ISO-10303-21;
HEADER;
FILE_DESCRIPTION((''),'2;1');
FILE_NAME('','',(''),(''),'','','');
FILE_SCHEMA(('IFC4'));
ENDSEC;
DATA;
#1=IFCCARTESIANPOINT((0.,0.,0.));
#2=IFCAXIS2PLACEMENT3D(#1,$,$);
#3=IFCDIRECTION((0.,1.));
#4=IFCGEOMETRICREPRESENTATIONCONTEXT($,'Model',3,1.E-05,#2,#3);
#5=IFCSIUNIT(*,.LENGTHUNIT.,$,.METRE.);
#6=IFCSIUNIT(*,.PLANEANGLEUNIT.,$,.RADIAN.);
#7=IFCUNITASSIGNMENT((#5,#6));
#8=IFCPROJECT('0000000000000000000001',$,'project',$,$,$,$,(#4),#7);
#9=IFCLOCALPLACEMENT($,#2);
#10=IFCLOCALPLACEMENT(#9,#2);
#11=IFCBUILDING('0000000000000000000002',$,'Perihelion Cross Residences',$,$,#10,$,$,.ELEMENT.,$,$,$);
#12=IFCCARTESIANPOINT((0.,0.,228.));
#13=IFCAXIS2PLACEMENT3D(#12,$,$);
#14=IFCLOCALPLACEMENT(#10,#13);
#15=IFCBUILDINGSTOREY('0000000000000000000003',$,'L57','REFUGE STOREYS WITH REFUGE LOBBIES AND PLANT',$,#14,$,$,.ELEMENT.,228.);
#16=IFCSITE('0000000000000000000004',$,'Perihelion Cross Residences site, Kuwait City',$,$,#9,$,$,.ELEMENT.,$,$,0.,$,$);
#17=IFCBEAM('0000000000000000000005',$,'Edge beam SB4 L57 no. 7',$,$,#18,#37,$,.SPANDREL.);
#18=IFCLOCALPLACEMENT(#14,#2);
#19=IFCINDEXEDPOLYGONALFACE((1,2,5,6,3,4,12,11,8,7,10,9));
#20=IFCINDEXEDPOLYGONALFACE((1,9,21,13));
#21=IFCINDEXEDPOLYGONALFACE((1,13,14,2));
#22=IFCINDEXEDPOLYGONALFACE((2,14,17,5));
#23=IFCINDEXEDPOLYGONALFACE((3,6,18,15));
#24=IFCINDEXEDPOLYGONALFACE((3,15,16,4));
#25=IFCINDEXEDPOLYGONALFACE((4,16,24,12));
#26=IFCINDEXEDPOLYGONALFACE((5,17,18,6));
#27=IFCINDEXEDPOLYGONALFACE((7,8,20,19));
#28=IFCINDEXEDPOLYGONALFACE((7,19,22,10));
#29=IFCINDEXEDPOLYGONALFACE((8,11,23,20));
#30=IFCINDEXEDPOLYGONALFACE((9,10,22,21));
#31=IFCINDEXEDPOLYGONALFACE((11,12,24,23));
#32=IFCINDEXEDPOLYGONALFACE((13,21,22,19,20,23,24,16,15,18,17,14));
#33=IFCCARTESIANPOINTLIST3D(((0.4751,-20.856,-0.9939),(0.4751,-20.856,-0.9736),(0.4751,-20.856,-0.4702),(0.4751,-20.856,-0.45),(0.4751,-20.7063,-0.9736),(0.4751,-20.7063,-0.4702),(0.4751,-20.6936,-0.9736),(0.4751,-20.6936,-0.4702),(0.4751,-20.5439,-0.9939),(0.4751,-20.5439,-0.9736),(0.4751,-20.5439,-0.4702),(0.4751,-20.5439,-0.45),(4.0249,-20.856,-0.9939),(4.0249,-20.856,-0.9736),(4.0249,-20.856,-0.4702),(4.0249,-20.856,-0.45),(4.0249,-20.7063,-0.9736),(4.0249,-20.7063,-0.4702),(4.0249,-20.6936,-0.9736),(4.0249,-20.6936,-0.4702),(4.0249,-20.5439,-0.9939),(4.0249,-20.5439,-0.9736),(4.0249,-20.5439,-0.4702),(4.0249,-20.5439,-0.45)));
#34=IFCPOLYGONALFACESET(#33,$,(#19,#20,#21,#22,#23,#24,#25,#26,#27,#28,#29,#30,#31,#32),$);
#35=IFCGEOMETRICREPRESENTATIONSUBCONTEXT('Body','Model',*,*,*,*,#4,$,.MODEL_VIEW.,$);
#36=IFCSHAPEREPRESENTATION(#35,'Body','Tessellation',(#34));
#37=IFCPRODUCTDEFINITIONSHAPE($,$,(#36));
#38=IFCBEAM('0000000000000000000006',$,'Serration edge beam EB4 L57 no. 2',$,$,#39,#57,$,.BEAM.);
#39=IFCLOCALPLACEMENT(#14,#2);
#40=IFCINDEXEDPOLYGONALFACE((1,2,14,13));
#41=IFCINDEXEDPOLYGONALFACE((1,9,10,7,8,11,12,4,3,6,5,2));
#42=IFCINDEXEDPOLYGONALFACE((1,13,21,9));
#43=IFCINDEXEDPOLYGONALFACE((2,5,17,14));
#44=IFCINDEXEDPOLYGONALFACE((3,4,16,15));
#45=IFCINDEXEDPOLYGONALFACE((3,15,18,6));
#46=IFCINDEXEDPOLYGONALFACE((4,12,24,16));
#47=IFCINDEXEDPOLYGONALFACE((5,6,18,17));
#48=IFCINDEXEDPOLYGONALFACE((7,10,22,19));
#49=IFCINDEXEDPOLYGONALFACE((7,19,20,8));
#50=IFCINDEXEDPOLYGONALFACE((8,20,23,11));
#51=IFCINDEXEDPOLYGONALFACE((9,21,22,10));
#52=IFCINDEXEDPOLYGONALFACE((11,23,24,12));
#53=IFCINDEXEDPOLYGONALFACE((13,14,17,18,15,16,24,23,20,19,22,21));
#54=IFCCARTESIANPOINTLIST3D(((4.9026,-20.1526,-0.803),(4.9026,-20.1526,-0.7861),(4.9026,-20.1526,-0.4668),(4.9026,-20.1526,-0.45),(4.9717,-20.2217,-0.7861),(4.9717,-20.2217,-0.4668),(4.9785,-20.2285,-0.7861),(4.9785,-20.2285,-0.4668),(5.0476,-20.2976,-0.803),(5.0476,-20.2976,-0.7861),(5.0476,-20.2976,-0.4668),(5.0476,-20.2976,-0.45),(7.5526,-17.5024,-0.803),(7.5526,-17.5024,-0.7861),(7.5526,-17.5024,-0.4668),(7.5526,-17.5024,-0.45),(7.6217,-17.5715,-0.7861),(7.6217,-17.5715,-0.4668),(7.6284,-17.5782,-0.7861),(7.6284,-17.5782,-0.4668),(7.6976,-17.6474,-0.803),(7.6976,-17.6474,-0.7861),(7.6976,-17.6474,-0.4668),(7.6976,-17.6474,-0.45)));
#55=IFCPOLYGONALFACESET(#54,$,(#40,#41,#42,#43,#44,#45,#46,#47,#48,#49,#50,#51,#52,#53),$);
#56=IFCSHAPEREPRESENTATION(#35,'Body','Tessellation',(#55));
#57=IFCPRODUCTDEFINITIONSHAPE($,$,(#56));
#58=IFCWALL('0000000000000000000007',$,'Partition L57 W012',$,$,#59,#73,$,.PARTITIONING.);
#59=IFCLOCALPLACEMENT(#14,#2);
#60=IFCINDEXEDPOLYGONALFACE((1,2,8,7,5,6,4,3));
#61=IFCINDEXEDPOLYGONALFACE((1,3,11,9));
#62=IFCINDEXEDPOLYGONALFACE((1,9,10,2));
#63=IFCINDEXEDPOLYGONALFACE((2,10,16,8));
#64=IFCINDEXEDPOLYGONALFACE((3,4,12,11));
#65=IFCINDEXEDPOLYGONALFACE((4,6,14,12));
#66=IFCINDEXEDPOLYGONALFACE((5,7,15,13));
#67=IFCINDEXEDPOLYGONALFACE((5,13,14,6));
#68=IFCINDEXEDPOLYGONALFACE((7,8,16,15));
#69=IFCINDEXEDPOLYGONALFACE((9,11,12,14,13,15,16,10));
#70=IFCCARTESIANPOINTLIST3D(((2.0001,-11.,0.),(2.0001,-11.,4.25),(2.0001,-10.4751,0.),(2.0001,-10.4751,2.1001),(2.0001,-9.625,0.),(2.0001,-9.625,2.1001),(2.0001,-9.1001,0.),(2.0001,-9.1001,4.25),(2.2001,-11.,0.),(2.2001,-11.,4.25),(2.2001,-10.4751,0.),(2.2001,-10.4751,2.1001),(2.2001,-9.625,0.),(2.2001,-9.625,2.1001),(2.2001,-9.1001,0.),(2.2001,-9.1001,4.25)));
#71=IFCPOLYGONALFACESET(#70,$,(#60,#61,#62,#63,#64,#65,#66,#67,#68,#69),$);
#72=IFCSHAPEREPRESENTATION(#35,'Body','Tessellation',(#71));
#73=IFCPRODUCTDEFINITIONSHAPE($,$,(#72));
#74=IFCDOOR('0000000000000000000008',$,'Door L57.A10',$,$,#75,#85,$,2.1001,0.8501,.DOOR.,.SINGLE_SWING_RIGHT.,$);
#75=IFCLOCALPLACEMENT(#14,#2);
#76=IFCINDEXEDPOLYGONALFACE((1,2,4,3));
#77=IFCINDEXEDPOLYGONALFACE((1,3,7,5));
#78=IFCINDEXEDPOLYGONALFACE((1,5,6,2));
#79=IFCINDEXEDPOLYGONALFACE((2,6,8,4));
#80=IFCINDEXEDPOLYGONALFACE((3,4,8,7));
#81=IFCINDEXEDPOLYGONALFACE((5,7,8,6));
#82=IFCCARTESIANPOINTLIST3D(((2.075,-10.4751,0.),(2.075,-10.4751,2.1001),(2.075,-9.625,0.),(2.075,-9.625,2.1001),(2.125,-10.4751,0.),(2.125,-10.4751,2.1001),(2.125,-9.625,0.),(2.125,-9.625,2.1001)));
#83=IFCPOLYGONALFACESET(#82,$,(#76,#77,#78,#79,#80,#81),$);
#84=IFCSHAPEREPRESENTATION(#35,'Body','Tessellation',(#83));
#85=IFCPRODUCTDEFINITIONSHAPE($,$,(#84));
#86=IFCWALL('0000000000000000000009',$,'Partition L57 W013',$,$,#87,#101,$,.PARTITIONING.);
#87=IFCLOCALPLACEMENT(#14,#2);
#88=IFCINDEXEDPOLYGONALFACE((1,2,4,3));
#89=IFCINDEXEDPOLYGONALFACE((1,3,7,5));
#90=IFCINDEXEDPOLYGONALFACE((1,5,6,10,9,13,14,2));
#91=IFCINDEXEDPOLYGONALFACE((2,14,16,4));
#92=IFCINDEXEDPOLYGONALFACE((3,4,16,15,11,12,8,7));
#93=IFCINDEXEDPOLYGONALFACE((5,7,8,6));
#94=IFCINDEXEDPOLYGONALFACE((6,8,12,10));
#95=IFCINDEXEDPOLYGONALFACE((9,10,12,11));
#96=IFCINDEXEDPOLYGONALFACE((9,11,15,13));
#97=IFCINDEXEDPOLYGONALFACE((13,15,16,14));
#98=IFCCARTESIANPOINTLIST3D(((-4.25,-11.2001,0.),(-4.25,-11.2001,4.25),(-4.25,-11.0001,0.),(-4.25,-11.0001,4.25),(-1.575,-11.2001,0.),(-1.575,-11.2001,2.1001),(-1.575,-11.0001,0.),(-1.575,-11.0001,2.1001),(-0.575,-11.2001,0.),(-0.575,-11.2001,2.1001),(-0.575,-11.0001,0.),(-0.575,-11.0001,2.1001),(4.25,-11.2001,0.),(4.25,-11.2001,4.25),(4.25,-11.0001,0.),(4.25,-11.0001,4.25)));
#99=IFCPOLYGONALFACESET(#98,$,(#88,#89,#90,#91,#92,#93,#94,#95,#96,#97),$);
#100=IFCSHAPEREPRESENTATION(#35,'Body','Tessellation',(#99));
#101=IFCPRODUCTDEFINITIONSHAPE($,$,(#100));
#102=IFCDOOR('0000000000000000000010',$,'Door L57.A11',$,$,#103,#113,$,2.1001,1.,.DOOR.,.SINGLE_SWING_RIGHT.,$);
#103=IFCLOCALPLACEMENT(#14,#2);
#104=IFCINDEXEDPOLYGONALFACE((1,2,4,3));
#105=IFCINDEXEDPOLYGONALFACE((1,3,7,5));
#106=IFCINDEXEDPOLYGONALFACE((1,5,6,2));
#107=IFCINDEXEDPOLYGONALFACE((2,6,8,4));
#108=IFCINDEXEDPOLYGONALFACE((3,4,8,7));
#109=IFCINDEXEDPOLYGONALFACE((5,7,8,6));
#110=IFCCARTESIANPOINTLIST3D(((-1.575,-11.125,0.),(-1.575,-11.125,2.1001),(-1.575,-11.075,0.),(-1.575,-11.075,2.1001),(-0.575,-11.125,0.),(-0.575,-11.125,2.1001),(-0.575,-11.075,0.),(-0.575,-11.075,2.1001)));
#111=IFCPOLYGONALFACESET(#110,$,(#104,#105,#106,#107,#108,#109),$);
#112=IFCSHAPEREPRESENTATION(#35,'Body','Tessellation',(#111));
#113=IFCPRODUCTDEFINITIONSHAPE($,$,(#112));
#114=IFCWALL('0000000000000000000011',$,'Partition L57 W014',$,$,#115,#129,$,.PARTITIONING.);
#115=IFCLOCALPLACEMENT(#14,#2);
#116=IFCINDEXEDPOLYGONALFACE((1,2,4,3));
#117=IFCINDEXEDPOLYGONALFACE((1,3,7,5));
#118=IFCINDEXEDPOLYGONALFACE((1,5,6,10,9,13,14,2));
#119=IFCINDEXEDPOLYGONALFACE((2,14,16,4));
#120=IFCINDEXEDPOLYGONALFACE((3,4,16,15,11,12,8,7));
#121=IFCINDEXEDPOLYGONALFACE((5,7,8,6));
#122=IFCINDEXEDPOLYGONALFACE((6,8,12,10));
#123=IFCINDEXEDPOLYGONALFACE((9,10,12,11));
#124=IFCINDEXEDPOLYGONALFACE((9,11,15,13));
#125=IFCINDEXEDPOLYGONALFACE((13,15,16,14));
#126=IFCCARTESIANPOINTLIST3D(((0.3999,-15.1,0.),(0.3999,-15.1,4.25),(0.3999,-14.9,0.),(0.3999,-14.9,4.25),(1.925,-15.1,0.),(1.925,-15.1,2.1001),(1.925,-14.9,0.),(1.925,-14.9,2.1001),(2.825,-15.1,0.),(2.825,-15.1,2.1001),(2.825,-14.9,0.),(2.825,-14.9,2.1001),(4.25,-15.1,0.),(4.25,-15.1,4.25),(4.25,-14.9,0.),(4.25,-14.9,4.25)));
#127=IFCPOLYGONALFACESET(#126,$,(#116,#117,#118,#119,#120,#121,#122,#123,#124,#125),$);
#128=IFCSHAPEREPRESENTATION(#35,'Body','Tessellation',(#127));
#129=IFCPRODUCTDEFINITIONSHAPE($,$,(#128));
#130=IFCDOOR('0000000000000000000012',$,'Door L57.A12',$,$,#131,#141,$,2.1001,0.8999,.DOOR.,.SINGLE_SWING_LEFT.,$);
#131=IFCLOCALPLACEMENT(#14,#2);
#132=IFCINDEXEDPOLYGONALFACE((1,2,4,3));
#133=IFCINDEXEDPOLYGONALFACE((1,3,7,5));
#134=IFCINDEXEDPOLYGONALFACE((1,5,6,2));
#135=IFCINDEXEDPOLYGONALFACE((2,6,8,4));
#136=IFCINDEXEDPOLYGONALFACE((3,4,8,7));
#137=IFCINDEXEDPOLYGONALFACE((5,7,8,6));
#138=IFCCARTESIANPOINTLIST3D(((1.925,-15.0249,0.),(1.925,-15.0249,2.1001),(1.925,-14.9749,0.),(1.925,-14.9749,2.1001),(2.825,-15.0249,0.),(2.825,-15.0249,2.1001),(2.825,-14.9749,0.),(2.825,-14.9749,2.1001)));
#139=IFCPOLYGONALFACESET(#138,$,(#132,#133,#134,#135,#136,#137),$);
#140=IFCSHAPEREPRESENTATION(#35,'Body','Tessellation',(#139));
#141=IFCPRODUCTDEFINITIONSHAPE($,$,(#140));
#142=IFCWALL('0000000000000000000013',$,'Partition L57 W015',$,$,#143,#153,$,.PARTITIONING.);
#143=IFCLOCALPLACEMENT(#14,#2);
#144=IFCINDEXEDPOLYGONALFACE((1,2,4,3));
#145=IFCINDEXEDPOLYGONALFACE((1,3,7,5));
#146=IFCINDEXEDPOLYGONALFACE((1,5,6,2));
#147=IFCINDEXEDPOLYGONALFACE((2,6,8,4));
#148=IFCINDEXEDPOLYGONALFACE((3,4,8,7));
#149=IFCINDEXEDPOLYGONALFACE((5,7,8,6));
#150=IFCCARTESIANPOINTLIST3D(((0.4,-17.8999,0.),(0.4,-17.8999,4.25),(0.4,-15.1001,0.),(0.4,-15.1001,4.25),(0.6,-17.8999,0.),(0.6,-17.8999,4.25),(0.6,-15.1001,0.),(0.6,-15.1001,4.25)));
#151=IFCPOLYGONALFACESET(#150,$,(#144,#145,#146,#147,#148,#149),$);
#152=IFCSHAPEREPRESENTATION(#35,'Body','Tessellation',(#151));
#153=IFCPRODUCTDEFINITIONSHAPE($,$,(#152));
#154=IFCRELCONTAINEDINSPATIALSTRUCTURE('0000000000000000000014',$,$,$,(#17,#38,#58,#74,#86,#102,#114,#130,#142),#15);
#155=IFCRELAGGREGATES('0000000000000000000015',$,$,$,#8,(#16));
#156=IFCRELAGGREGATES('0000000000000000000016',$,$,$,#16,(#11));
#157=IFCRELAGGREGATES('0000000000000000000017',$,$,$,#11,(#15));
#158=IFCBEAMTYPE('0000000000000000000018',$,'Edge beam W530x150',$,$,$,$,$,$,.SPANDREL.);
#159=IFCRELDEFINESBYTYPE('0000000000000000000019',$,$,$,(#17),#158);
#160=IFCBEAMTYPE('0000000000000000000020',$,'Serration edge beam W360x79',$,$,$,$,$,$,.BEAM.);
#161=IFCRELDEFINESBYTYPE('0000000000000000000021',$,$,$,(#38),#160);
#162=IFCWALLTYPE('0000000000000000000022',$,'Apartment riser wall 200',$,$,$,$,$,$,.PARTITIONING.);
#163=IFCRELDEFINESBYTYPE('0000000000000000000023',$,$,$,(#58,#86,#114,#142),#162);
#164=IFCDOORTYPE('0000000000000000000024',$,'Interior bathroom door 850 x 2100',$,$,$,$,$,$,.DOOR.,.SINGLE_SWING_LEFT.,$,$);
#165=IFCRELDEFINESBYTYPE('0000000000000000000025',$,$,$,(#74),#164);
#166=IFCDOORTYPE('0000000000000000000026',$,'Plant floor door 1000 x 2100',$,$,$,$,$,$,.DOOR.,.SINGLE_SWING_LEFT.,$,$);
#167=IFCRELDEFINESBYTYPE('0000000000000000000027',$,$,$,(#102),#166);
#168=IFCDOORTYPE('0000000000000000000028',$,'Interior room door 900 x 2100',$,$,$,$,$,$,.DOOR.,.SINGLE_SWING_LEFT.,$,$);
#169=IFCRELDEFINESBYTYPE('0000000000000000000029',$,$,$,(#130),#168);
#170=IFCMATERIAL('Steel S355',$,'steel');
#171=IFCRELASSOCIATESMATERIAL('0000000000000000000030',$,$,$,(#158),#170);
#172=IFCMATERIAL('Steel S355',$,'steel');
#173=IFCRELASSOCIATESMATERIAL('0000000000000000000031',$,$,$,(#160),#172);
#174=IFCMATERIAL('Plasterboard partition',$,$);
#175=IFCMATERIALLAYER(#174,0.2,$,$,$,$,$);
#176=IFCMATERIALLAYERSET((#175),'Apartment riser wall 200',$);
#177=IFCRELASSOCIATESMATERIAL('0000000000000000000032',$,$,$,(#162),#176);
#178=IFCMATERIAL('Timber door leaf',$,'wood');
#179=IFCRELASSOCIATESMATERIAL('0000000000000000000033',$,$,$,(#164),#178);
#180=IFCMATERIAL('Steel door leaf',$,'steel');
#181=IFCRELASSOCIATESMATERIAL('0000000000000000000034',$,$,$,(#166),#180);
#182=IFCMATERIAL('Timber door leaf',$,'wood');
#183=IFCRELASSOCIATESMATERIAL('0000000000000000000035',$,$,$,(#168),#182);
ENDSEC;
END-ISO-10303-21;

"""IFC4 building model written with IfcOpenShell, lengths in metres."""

from ifc_helpers import new_model, si_unit, direction, frame, frame_2d, origin, origin_2d, place, context, subcontext, project, spatial, rectangle, i_section, extrude, material, layer, layer_set, material_profile, profile_set, type_object, element, fill, save


model = new_model("IFC4")

# Units and contexts
model_context = context("Model", 3, precision=1e-05, world=origin(), true_north=direction((0.0, 1.0)))
body_context = subcontext(model_context, "Body", "Model", "MODEL_VIEW")
ifc_project = project(units=[si_unit("LENGTHUNIT", "METRE"), si_unit("PLANEANGLEUNIT", "RADIAN")], contexts=[model_context])

# Site, building, storey
site_placement = place(None, origin())
site = spatial("IfcSite", under=ifc_project, at=site_placement, Name="Perihelion Cross Residences site, Kuwait City", CompositionType="ELEMENT", RefElevation=0.0)
building_placement = place(site_placement, origin())
building = spatial("IfcBuilding", under=site, at=building_placement, Name="Perihelion Cross Residences", CompositionType="ELEMENT")
storey_placement = place(building_placement, frame((0.0, 0.0, 228.0)))
storey = spatial("IfcBuildingStorey", under=building, at=storey_placement, Name="L57", Description="REFUGE STOREYS WITH REFUGE LOBBIES AND PLANT", CompositionType="ELEMENT", Elevation=228.0)

# Beams
ifc_material_1 = material(Name="Steel S355", Category="steel")
ifc_material_profile_1 = material_profile(ifc_material_1, i_section(OverallWidth=0.312, OverallDepth=0.5439, WebThickness=0.0127, FlangeThickness=0.0203, at=origin_2d()), Name="W530x150")
ifc_profile_set_1 = profile_set([ifc_material_profile_1], Name="Steel S355")
beam_type_1 = type_object("IfcBeamType", Name="Edge beam W530x150", PredefinedType="SPANDREL", material=ifc_profile_set_1)
beam_1_placement = place(storey_placement, frame((0.4751, -20.7, -0.7219), z_axis=(1.0, 0.0, 0.0), x_axis=(0.0, 1.0, 0.0)))
element("IfcBeam", 1, at=beam_1_placement, inside=storey, type_object=beam_type_1, Name="Edge beam SB4 L57 no. 7", PredefinedType="SPANDREL", context=body_context, shape_type="SweptSolid", body=[
    extrude(i_section(OverallWidth=0.312, OverallDepth=0.5439, WebThickness=0.0127, FlangeThickness=0.0203, at=origin_2d()), origin(), (0.0, 0.0, 1.0), 3.5498),
])
ifc_material_2 = material(Name="Steel S355", Category="steel")
ifc_material_profile_2 = material_profile(ifc_material_2, i_section(OverallWidth=0.2051, OverallDepth=0.353, WebThickness=0.0095, FlangeThickness=0.0168, at=origin_2d()), Name="W360x79")
ifc_profile_set_2 = profile_set([ifc_material_profile_2], Name="Steel S355")
beam_type_2 = type_object("IfcBeamType", Name="Serration edge beam W360x79", PredefinedType="BEAM", material=ifc_profile_set_2)
beam_2_placement = place(storey_placement, frame((4.9751, -20.2251, -0.6265), z_axis=(0.707074, 0.707139, 0.0), x_axis=(-0.707139, 0.707074, 0.0)))
element("IfcBeam", 2, at=beam_2_placement, inside=storey, type_object=beam_type_2, Name="Serration edge beam EB4 L57 no. 2", PredefinedType="BEAM", context=body_context, shape_type="SweptSolid", body=[
    extrude(i_section(OverallWidth=0.2051, OverallDepth=0.353, WebThickness=0.0095, FlangeThickness=0.0168, at=origin_2d()), origin(), (0.0, 0.0, 1.0), 3.7478),
])

# Walls, openings, doors
ifc_material_3 = material(Name="Plasterboard partition")
ifc_layer_1 = layer(ifc_material_3, 0.2)
ifc_layer_set_1 = layer_set([ifc_layer_1], Name="Apartment riser wall 200")
wall_type_1 = type_object("IfcWallType", Name="Apartment riser wall 200", PredefinedType="PARTITIONING", material=ifc_layer_set_1)
wall_1_placement = place(storey_placement, frame((2.1001, -9.1001, 0.0), z_axis=(0.0, 0.0, 1.0), x_axis=(0.0, -1.0, 0.0)))
wall_1 = element("IfcWall", 3, at=wall_1_placement, inside=storey, type_object=wall_type_1, Name="Partition L57 W012", PredefinedType="PARTITIONING", context=body_context, shape_type="SweptSolid", body=[
    extrude(rectangle(XDim=1.8999, YDim=0.2, at=frame_2d((0.95, 0.0))), origin(), (0.0, 0.0, 1.0), 4.25),
])
opening_1_placement = place(wall_1_placement, frame((0.5249, 0.0, 0.0)))
opening_1 = element("IfcOpeningElement", 4, at=opening_1_placement, cuts=wall_1, PredefinedType="OPENING", context=body_context, shape_type="SweptSolid", body=[
    extrude(rectangle(XDim=0.8501, YDim=2.1001, at=frame_2d((0.425, 1.05))), frame((0.0, 0.1099, 0.0), z_axis=(0.0, -1.0, 0.0), x_axis=(1.0, 0.0, 0.0)), (0.0, 0.0, 1.0), 0.22),
])
ifc_material_4 = material(Name="Timber door leaf", Category="wood")
door_type_1 = type_object("IfcDoorType", Name="Interior bathroom door 850 x 2100", OperationType="SINGLE_SWING_LEFT", PredefinedType="DOOR", material=ifc_material_4)
door_1_placement = place(opening_1_placement, origin())
door_1 = element("IfcDoor", 5, at=door_1_placement, inside=storey, type_object=door_type_1, Name="Door L57.A10", OperationType="SINGLE_SWING_RIGHT", OverallHeight=2.1001, OverallWidth=0.8501, PredefinedType="DOOR", context=body_context, shape_type="SweptSolid", body=[
    extrude(rectangle(XDim=0.8501, YDim=2.1001, at=frame_2d((0.425, 1.05))), frame((0.0, 0.0249, 0.0), z_axis=(0.0, -1.0, 0.0), x_axis=(1.0, 0.0, 0.0)), (0.0, 0.0, 1.0), 0.05),
])
fill(opening_1, door_1)
wall_2_placement = place(storey_placement, frame((4.25, -11.1001, 0.0), z_axis=(0.0, 0.0, 1.0), x_axis=(-1.0, 0.0, 0.0)))
wall_2 = element("IfcWall", 6, at=wall_2_placement, inside=storey, type_object=wall_type_1, Name="Partition L57 W013", PredefinedType="PARTITIONING", context=body_context, shape_type="SweptSolid", body=[
    extrude(rectangle(XDim=8.5, YDim=0.2, at=frame_2d((4.25, 0.0))), origin(), (0.0, 0.0, 1.0), 4.25),
])
opening_2_placement = place(wall_2_placement, frame((4.825, 0.0, 0.0)))
opening_2 = element("IfcOpeningElement", 7, at=opening_2_placement, cuts=wall_2, PredefinedType="OPENING", context=body_context, shape_type="SweptSolid", body=[
    extrude(rectangle(XDim=1.0, YDim=2.1001, at=frame_2d((0.5, 1.05))), frame((0.0, 0.1099, 0.0), z_axis=(0.0, -1.0, 0.0), x_axis=(1.0, 0.0, 0.0)), (0.0, 0.0, 1.0), 0.22),
])
ifc_material_5 = material(Name="Steel door leaf", Category="steel")
door_type_2 = type_object("IfcDoorType", Name="Plant floor door 1000 x 2100", OperationType="SINGLE_SWING_LEFT", PredefinedType="DOOR", material=ifc_material_5)
door_2_placement = place(opening_2_placement, origin())
door_2 = element("IfcDoor", 8, at=door_2_placement, inside=storey, type_object=door_type_2, Name="Door L57.A11", OperationType="SINGLE_SWING_RIGHT", OverallHeight=2.1001, OverallWidth=1.0, PredefinedType="DOOR", context=body_context, shape_type="SweptSolid", body=[
    extrude(rectangle(XDim=1.0, YDim=2.1001, at=frame_2d((0.5, 1.05))), frame((0.0, 0.0249, 0.0), z_axis=(0.0, -1.0, 0.0), x_axis=(1.0, 0.0, 0.0)), (0.0, 0.0, 1.0), 0.05),
])
fill(opening_2, door_2)
wall_3_placement = place(storey_placement, frame((4.25, -15.0, 0.0), z_axis=(0.0, 0.0, 1.0), x_axis=(-1.0, 0.0, 0.0)))
wall_3 = element("IfcWall", 9, at=wall_3_placement, inside=storey, type_object=wall_type_1, Name="Partition L57 W014", PredefinedType="PARTITIONING", context=body_context, shape_type="SweptSolid", body=[
    extrude(rectangle(XDim=3.8501, YDim=0.2, at=frame_2d((1.925, 0.0))), origin(), (0.0, 0.0, 1.0), 4.25),
])
opening_3_placement = place(wall_3_placement, frame((1.425, 0.0, 0.0)))
opening_3 = element("IfcOpeningElement", 10, at=opening_3_placement, cuts=wall_3, PredefinedType="OPENING", context=body_context, shape_type="SweptSolid", body=[
    extrude(rectangle(XDim=0.8999, YDim=2.1001, at=frame_2d((0.45, 1.05))), frame((0.0, 0.1099, 0.0), z_axis=(0.0, -1.0, 0.0), x_axis=(1.0, 0.0, 0.0)), (0.0, 0.0, 1.0), 0.22),
])
ifc_material_6 = material(Name="Timber door leaf", Category="wood")
door_type_3 = type_object("IfcDoorType", Name="Interior room door 900 x 2100", OperationType="SINGLE_SWING_LEFT", PredefinedType="DOOR", material=ifc_material_6)
door_3_placement = place(opening_3_placement, origin())
door_3 = element("IfcDoor", 11, at=door_3_placement, inside=storey, type_object=door_type_3, Name="Door L57.A12", OperationType="SINGLE_SWING_LEFT", OverallHeight=2.1001, OverallWidth=0.8999, PredefinedType="DOOR", context=body_context, shape_type="SweptSolid", body=[
    extrude(rectangle(XDim=0.8999, YDim=2.1001, at=frame_2d((0.45, 1.05))), frame((0.0, 0.0249, 0.0), z_axis=(0.0, -1.0, 0.0), x_axis=(1.0, 0.0, 0.0)), (0.0, 0.0, 1.0), 0.05),
])
fill(opening_3, door_3)

# Wall
wall_4_placement = place(storey_placement, frame((0.5, -15.1001, 0.0), z_axis=(0.0, 0.0, 1.0), x_axis=(0.0, -1.0, 0.0)))
element("IfcWall", 12, at=wall_4_placement, inside=storey, type_object=wall_type_1, Name="Partition L57 W015", PredefinedType="PARTITIONING", context=body_context, shape_type="SweptSolid", body=[
    extrude(rectangle(XDim=2.7998, YDim=0.2, at=frame_2d((1.3999, 0.0))), origin(), (0.0, 0.0, 1.0), 4.25),
])

save(model, "model.ifc")
